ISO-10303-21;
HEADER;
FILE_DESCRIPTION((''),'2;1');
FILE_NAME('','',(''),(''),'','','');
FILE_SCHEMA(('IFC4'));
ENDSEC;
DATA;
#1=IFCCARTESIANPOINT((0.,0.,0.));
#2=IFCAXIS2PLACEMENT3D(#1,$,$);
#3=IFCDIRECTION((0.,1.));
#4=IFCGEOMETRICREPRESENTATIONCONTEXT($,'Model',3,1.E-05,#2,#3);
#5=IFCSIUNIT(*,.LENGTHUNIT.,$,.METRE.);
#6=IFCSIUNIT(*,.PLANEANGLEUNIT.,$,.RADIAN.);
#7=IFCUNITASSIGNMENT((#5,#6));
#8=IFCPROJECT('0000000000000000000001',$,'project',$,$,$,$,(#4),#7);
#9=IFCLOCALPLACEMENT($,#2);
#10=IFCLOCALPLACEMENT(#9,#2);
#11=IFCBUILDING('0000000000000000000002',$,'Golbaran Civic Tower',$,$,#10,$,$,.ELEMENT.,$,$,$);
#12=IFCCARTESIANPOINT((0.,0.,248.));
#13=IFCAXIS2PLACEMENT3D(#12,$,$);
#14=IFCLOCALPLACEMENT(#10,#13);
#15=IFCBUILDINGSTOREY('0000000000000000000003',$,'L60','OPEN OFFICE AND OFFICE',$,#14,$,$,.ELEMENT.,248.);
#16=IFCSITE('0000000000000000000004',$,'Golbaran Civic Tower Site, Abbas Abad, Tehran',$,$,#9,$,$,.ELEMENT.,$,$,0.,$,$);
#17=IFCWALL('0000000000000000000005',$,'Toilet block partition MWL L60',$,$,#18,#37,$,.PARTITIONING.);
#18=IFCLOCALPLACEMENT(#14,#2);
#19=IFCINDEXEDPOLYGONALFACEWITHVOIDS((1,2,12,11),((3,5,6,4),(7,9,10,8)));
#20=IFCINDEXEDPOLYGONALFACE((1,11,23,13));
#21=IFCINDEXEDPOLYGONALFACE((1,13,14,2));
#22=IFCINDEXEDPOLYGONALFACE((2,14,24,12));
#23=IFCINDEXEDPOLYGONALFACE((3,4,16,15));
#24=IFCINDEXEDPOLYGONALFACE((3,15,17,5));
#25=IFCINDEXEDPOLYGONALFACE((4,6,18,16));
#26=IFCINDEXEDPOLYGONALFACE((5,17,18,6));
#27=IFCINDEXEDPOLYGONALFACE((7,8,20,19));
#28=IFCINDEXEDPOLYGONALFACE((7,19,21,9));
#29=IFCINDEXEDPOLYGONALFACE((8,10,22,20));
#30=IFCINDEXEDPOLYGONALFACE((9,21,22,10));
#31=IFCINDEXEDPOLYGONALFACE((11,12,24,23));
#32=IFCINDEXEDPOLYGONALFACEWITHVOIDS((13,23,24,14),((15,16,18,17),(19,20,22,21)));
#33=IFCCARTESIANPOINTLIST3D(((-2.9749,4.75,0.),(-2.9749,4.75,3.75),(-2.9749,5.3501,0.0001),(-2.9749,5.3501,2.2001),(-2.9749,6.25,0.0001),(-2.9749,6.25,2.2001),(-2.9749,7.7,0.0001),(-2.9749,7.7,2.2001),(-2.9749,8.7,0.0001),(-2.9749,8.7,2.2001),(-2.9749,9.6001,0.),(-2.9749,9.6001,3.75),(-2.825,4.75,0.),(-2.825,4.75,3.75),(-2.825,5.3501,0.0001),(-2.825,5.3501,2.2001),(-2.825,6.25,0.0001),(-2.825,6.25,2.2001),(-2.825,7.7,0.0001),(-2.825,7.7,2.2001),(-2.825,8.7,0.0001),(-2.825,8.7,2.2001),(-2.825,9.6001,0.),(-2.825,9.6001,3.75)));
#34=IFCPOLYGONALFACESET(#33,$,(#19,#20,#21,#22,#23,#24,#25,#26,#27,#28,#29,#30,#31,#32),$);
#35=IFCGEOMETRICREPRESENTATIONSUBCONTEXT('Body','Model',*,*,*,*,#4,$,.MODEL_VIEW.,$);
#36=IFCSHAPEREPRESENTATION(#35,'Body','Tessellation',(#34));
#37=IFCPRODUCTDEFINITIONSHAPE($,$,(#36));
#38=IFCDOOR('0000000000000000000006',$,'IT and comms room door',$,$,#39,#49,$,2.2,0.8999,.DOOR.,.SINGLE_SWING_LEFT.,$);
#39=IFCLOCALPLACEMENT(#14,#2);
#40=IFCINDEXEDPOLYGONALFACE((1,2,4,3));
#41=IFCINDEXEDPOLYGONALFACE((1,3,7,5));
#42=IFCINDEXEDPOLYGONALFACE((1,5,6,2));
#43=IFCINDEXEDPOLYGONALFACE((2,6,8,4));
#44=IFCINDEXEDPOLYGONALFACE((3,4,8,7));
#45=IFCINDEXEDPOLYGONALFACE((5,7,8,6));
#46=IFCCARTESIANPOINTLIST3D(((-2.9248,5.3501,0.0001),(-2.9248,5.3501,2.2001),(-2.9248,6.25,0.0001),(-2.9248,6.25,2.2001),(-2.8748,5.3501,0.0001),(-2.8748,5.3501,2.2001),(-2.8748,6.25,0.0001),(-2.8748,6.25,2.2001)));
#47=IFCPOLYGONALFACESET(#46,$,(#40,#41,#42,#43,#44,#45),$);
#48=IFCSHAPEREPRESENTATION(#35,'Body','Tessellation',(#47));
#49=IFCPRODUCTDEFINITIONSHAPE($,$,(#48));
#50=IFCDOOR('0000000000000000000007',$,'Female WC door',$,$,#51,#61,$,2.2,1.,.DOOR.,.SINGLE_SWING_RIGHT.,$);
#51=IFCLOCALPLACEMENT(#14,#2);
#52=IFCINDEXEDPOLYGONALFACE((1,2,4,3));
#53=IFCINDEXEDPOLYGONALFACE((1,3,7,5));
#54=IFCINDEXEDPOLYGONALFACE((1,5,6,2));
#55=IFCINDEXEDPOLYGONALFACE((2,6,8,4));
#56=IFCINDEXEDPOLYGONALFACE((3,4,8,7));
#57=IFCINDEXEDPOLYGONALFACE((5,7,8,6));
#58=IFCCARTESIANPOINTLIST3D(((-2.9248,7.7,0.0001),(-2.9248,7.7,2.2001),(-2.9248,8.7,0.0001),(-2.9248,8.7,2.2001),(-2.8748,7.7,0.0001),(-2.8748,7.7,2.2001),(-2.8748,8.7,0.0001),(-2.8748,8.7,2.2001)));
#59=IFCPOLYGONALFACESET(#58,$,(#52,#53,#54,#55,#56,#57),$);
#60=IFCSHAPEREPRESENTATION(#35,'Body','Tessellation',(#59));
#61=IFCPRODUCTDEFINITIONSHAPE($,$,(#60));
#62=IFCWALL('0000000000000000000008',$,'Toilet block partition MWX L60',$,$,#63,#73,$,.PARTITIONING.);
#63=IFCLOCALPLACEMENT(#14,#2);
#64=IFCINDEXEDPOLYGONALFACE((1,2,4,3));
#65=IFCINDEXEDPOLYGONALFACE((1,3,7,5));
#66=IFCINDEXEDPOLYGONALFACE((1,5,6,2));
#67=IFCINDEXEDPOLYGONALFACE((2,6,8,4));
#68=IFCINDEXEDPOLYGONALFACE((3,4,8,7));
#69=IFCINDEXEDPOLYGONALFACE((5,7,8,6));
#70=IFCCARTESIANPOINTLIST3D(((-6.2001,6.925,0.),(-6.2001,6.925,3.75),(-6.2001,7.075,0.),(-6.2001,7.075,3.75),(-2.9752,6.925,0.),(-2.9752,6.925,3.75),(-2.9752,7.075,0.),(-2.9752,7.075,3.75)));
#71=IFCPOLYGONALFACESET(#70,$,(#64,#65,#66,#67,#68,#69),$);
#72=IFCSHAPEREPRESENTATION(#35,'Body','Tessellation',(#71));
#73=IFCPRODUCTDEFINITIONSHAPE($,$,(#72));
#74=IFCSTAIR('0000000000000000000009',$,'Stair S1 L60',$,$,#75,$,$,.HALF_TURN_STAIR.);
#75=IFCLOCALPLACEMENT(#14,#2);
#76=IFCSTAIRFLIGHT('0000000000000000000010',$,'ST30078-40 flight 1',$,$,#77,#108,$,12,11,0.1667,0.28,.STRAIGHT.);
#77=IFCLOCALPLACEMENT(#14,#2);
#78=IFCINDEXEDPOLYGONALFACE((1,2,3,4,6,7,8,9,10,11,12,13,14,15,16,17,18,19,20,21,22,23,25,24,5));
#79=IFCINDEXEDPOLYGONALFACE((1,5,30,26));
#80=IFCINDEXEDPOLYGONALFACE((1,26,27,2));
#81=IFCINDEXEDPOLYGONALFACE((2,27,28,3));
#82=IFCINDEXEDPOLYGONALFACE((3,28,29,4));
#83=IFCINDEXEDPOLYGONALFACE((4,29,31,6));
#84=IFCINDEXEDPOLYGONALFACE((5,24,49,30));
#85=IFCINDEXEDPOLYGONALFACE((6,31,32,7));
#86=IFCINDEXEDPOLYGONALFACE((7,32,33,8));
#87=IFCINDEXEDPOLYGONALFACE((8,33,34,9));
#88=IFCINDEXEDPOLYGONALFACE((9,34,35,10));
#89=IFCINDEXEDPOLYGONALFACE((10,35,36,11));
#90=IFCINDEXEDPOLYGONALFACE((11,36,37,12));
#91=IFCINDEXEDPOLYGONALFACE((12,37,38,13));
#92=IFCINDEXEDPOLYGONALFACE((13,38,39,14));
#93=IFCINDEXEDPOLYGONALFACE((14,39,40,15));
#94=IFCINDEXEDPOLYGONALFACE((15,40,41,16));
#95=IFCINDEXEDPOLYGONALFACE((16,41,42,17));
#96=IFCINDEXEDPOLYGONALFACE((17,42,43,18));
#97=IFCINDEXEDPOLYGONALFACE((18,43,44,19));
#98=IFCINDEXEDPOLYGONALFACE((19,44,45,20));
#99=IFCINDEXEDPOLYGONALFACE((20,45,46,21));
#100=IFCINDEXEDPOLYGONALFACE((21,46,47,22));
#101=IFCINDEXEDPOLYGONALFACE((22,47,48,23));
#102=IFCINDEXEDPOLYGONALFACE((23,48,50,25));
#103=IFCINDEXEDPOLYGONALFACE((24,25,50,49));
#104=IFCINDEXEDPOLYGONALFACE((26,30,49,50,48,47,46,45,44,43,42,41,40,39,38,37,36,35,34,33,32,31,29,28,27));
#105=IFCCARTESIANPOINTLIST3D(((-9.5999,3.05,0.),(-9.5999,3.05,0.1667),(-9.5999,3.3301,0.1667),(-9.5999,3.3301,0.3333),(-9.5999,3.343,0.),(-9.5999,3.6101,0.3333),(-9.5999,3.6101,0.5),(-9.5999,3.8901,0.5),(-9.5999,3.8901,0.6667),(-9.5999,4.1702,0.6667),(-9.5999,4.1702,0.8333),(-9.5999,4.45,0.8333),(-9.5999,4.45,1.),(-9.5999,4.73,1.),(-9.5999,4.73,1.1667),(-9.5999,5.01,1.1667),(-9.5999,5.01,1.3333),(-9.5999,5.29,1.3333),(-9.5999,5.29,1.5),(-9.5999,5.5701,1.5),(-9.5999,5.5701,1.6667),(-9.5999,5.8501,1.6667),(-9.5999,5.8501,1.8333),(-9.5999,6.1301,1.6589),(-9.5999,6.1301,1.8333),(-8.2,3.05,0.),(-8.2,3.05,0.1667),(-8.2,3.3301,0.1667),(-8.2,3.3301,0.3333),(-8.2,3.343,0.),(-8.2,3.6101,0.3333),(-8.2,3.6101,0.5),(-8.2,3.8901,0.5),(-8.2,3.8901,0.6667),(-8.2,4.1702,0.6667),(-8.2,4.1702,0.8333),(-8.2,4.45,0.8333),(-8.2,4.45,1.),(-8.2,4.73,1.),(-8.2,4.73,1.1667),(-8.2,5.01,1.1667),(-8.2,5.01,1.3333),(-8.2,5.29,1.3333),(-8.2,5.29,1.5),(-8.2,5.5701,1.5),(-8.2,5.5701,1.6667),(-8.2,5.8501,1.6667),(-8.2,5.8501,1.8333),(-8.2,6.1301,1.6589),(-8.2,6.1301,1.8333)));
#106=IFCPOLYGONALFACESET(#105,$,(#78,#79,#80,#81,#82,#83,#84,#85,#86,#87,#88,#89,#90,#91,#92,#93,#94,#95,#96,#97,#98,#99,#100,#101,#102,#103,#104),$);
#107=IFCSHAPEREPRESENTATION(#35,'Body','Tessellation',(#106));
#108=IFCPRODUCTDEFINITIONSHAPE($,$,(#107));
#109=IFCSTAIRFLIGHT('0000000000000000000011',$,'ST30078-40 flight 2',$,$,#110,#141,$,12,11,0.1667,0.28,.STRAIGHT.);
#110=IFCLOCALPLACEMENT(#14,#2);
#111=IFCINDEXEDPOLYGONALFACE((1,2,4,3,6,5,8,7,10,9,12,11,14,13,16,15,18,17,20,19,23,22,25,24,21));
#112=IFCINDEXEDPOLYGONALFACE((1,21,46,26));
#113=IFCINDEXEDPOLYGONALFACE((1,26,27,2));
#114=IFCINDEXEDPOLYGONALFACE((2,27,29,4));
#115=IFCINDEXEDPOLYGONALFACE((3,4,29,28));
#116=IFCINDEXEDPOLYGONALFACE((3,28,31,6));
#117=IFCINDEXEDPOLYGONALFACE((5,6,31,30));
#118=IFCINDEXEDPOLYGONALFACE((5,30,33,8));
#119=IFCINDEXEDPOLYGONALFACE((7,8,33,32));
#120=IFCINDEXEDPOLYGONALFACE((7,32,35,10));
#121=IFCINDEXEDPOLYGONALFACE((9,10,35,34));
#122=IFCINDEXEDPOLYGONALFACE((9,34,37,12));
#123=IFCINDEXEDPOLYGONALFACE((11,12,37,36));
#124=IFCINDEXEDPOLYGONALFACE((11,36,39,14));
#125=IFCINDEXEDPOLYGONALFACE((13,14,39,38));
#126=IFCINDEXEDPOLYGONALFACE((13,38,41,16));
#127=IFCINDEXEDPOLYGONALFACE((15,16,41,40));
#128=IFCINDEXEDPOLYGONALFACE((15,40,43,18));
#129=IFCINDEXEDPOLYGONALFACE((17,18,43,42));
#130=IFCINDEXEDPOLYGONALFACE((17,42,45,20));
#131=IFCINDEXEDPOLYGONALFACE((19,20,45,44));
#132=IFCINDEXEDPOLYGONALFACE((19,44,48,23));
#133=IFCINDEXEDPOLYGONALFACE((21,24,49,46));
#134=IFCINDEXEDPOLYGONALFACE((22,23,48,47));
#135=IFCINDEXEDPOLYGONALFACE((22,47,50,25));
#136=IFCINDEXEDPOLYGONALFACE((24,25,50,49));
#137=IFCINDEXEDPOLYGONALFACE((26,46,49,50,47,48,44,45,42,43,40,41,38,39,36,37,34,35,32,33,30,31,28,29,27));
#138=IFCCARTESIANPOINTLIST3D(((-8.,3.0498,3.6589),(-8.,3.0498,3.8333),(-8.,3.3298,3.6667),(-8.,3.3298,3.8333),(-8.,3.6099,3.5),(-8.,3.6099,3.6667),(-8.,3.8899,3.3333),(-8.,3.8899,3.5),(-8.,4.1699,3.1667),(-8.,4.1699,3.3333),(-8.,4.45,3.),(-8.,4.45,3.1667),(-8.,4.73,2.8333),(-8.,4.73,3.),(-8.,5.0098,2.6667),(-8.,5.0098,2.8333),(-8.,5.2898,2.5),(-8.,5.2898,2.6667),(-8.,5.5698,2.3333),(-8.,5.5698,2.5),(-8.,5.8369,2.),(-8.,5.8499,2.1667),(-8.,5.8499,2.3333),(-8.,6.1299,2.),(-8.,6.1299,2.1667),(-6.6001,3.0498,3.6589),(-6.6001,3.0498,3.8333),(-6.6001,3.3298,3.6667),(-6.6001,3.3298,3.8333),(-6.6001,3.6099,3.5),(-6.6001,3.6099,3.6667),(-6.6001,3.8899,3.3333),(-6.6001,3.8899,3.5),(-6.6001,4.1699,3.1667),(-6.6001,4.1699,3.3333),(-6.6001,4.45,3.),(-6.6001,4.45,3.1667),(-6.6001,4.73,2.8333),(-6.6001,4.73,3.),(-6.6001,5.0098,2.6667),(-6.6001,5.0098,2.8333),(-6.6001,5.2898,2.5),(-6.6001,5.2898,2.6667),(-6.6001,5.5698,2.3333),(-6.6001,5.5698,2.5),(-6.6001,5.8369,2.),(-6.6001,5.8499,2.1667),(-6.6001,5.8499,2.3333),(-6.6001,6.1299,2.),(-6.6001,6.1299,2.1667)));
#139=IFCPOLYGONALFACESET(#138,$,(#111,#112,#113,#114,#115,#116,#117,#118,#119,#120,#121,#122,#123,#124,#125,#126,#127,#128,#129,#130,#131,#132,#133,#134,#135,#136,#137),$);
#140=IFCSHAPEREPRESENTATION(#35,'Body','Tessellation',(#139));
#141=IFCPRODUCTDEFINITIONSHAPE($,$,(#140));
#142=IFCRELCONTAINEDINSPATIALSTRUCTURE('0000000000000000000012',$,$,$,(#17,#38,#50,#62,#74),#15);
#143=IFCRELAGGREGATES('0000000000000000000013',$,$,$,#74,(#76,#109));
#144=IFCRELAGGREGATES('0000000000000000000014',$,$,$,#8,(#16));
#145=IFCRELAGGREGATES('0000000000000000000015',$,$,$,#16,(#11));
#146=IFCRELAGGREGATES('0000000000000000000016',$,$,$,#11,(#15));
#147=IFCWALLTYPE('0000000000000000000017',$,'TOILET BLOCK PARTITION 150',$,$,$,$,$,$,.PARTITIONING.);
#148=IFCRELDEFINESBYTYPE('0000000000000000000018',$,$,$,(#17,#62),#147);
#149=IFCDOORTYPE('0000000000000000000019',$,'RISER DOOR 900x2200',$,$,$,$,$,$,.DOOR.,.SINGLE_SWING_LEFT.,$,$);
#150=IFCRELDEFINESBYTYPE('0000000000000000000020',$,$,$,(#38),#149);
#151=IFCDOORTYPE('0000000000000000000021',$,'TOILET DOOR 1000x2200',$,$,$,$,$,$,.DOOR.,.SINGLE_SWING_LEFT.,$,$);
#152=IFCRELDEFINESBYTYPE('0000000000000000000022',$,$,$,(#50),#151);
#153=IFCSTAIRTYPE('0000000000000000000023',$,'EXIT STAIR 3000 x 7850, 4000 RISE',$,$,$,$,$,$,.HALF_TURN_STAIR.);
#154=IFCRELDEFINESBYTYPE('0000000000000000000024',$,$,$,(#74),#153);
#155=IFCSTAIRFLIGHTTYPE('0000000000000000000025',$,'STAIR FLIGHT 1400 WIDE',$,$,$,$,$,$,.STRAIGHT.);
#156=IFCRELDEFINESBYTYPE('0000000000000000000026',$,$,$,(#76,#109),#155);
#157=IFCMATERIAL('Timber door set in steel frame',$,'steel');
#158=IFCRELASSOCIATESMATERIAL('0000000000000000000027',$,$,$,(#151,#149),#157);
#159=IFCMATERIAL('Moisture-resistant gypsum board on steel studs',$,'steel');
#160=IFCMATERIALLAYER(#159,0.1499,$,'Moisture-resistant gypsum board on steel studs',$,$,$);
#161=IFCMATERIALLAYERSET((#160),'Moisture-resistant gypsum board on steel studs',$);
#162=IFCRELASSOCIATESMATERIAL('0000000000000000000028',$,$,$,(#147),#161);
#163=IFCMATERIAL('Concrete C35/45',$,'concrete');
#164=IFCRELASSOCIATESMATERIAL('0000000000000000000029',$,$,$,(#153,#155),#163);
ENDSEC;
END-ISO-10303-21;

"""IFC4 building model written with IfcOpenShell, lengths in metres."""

from ifc_helpers import new_model, si_unit, direction, frame, frame_2d, origin, place, context, subcontext, project, spatial, polyline, rectangle, outline, extrude, material, layer, layer_set, type_object, element, fill, aggregate, save


model = new_model("IFC4")

# Units and contexts
model_context = context("Model", 3, precision=1e-05, world=origin(), true_north=direction((0.0, 1.0)))
body_context = subcontext(model_context, "Body", "Model", "MODEL_VIEW")
ifc_project = project(units=[si_unit("LENGTHUNIT", "METRE"), si_unit("PLANEANGLEUNIT", "RADIAN")], contexts=[model_context])

# Site, building, storey
site_placement = place(None, origin())
site = spatial("IfcSite", under=ifc_project, at=site_placement, Name="Golbaran Civic Tower Site, Abbas Abad, Tehran", CompositionType="ELEMENT", RefElevation=0.0)
building_placement = place(site_placement, origin())
building = spatial("IfcBuilding", under=site, at=building_placement, Name="Golbaran Civic Tower", CompositionType="ELEMENT")
storey_placement = place(building_placement, frame((0.0, 0.0, 248.0)))
storey = spatial("IfcBuildingStorey", under=building, at=storey_placement, Name="L60", Description="OPEN OFFICE AND OFFICE", CompositionType="ELEMENT", Elevation=248.0)

# Shared definitions
ifc_material_1 = material(Name="Timber door set in steel frame", Category="steel")

# Shared definitions
door_type_1 = type_object("IfcDoorType", Name="TOILET DOOR 1000x2200", OperationType="SINGLE_SWING_LEFT", PredefinedType="DOOR", material=ifc_material_1)

# Wall, openings, doors
ifc_material_2 = material(Name="Moisture-resistant gypsum board on steel studs", Category="steel")
ifc_layer_1 = layer(ifc_material_2, 0.1499, Name="Moisture-resistant gypsum board on steel studs")
ifc_layer_set_1 = layer_set([ifc_layer_1], Name="Moisture-resistant gypsum board on steel studs")
wall_type_1 = type_object("IfcWallType", Name="TOILET BLOCK PARTITION 150", PredefinedType="PARTITIONING", material=ifc_layer_set_1)
wall_1_placement = place(storey_placement, frame((-2.8999, 4.75, 0.0), z_axis=(0.0, 0.0, 1.0), x_axis=(0.0, 1.0, 0.0)))
wall_1 = element("IfcWall", 1, at=wall_1_placement, inside=storey, type_object=wall_type_1, Name="Toilet block partition MWL L60", PredefinedType="PARTITIONING", context=body_context, shape_type="SweptSolid", body=[
    extrude(rectangle(XDim=4.8501, YDim=0.1499, at=frame_2d((2.425, 0.0))), origin(), (0.0, 0.0, 1.0), 3.75),
])
opening_1_placement = place(wall_1_placement, frame((2.95, 0.0, 0.0)))
opening_1 = element("IfcOpeningElement", 2, at=opening_1_placement, cuts=wall_1, PredefinedType="OPENING", context=body_context, shape_type="SweptSolid", body=[
    extrude(rectangle(XDim=1.0, YDim=2.2, at=frame_2d((0.5, 1.1001))), frame((0.0, 0.085, 0.0), z_axis=(0.0, -1.0, 0.0), x_axis=(1.0, 0.0, 0.0)), (0.0, 0.0, 1.0), 0.1699),
])
opening_2_placement = place(wall_1_placement, frame((0.6001, 0.0, 0.0)))
opening_2 = element("IfcOpeningElement", 3, at=opening_2_placement, cuts=wall_1, PredefinedType="OPENING", context=body_context, shape_type="SweptSolid", body=[
    extrude(rectangle(XDim=0.8999, YDim=2.2, at=frame_2d((0.45, 1.1001))), frame((0.0, 0.085, 0.0), z_axis=(0.0, -1.0, 0.0), x_axis=(1.0, 0.0, 0.0)), (0.0, 0.0, 1.0), 0.1699),
])
door_type_2 = type_object("IfcDoorType", Name="RISER DOOR 900x2200", OperationType="SINGLE_SWING_LEFT", PredefinedType="DOOR", material=ifc_material_1)
door_1_placement = place(opening_2_placement, origin())
door_1 = element("IfcDoor", 4, at=door_1_placement, inside=storey, type_object=door_type_2, Name="IT and comms room door", OperationType="SINGLE_SWING_LEFT", OverallHeight=2.2, OverallWidth=0.8999, PredefinedType="DOOR", context=body_context, shape_type="SweptSolid", body=[
    extrude(rectangle(XDim=0.8999, YDim=2.2, at=frame_2d((0.45, 1.1001))), frame((0.0, 0.0249, 0.0), z_axis=(0.0, -1.0, 0.0), x_axis=(1.0, 0.0, 0.0)), (0.0, 0.0, 1.0), 0.05),
])
fill(opening_2, door_1)
door_2_placement = place(opening_1_placement, origin())
door_2 = element("IfcDoor", 5, at=door_2_placement, inside=storey, type_object=door_type_1, Name="Female WC door", OperationType="SINGLE_SWING_RIGHT", OverallHeight=2.2, OverallWidth=1.0, PredefinedType="DOOR", context=body_context, shape_type="SweptSolid", body=[
    extrude(rectangle(XDim=1.0, YDim=2.2, at=frame_2d((0.5, 1.1001))), frame((0.0, 0.0249, 0.0), z_axis=(0.0, -1.0, 0.0), x_axis=(1.0, 0.0, 0.0)), (0.0, 0.0, 1.0), 0.05),
])
fill(opening_1, door_2)

# Wall
wall_2_placement = place(storey_placement, frame((-6.2, 7.0, 0.0), z_axis=(0.0, 0.0, 1.0), x_axis=(1.0, 0.0, 0.0)))
element("IfcWall", 6, at=wall_2_placement, inside=storey, type_object=wall_type_1, Name="Toilet block partition MWX L60", PredefinedType="PARTITIONING", context=body_context, shape_type="SweptSolid", body=[
    extrude(rectangle(XDim=3.2249, YDim=0.1499, at=frame_2d((1.6123, 0.0))), origin(), (0.0, 0.0, 1.0), 3.75),
])

# Stair, stair flights
ifc_material_3 = material(Name="Concrete C35/45", Category="concrete")
stair_type = type_object("IfcStairType", Name="EXIT STAIR 3000 x 7850, 4000 RISE", PredefinedType="HALF_TURN_STAIR", material=ifc_material_3)
stair_placement = place(storey_placement, origin())
stair = element("IfcStair", 7, at=stair_placement, inside=storey, type_object=stair_type, Name="Stair S1 L60", PredefinedType="HALF_TURN_STAIR")
stair_flight_type = type_object("IfcStairFlightType", Name="STAIR FLIGHT 1400 WIDE", PredefinedType="STRAIGHT", material=ifc_material_3)
stair_flight_1_placement = place(storey_placement, frame((-8.8999, 3.05, 0.0), z_axis=(0.0, 0.0, 1.0), x_axis=(0.0, 1.0, 0.0)))
stair_flight_1 = element("IfcStairFlight", 8, at=stair_flight_1_placement, type_object=stair_flight_type, Name="ST30078-40 flight 1", NumberOfRisers=12, NumberOfTreads=11, PredefinedType="STRAIGHT", RiserHeight=0.1667, TreadLength=0.28, context=body_context, shape_type="SweptSolid", body=[
    extrude(outline(polyline([(0.0, 0.0), (0.0, 0.1667), (0.28, 0.1667), (0.28, 0.3333), (0.5601, 0.3333), (0.5601, 0.5), (0.8401, 0.5), (0.8401, 0.6667), (1.1201, 0.6667), (1.1201, 0.8333), (1.3999, 0.8333), (1.3999, 1.0), (1.6799, 1.0), (1.6799, 1.1667), (1.96, 1.1667), (1.96, 1.3333), (2.24, 1.3333), (2.24, 1.5), (2.52, 1.5), (2.52, 1.6667), (2.8, 1.6667), (2.8, 1.8333), (3.0801, 1.8333), (3.0801, 2.0), (3.0801, 1.6589), (0.293, 0.0), (0.0, 0.0)])), frame((0.0, 0.7, 0.0), z_axis=(0.0, -1.0, 0.0), x_axis=(1.0, 0.0, 0.0)), (0.0, 0.0, 1.0), 1.3999),
])
stair_flight_2_placement = place(storey_placement, frame((-7.3, 6.1299, 2.0), z_axis=(0.0, 0.0, 1.0), x_axis=(0.0, -1.0, 0.0)))
stair_flight_2 = element("IfcStairFlight", 9, at=stair_flight_2_placement, type_object=stair_flight_type, Name="ST30078-40 flight 2", NumberOfRisers=12, NumberOfTreads=11, PredefinedType="STRAIGHT", RiserHeight=0.1667, TreadLength=0.28, context=body_context, shape_type="SweptSolid", body=[
    extrude(outline(polyline([(0.0, 0.0), (0.0, 0.1667), (0.28, 0.1667), (0.28, 0.3333), (0.5601, 0.3333), (0.5601, 0.5), (0.8401, 0.5), (0.8401, 0.6667), (1.1201, 0.6667), (1.1201, 0.8333), (1.3999, 0.8333), (1.3999, 1.0), (1.6799, 1.0), (1.6799, 1.1667), (1.96, 1.1667), (1.96, 1.3333), (2.24, 1.3333), (2.24, 1.5), (2.52, 1.5), (2.52, 1.6667), (2.8, 1.6667), (2.8, 1.8333), (3.0801, 1.8333), (3.0801, 2.0), (3.0801, 1.6589), (0.293, 0.0), (0.0, 0.0)])), frame((0.0, 0.7, 0.0), z_axis=(0.0, -1.0, 0.0), x_axis=(1.0, 0.0, 0.0)), (0.0, 0.0, 1.0), 1.3999),
])
aggregate(stair, [stair_flight_1, stair_flight_2])

save(model, "model.ifc")
